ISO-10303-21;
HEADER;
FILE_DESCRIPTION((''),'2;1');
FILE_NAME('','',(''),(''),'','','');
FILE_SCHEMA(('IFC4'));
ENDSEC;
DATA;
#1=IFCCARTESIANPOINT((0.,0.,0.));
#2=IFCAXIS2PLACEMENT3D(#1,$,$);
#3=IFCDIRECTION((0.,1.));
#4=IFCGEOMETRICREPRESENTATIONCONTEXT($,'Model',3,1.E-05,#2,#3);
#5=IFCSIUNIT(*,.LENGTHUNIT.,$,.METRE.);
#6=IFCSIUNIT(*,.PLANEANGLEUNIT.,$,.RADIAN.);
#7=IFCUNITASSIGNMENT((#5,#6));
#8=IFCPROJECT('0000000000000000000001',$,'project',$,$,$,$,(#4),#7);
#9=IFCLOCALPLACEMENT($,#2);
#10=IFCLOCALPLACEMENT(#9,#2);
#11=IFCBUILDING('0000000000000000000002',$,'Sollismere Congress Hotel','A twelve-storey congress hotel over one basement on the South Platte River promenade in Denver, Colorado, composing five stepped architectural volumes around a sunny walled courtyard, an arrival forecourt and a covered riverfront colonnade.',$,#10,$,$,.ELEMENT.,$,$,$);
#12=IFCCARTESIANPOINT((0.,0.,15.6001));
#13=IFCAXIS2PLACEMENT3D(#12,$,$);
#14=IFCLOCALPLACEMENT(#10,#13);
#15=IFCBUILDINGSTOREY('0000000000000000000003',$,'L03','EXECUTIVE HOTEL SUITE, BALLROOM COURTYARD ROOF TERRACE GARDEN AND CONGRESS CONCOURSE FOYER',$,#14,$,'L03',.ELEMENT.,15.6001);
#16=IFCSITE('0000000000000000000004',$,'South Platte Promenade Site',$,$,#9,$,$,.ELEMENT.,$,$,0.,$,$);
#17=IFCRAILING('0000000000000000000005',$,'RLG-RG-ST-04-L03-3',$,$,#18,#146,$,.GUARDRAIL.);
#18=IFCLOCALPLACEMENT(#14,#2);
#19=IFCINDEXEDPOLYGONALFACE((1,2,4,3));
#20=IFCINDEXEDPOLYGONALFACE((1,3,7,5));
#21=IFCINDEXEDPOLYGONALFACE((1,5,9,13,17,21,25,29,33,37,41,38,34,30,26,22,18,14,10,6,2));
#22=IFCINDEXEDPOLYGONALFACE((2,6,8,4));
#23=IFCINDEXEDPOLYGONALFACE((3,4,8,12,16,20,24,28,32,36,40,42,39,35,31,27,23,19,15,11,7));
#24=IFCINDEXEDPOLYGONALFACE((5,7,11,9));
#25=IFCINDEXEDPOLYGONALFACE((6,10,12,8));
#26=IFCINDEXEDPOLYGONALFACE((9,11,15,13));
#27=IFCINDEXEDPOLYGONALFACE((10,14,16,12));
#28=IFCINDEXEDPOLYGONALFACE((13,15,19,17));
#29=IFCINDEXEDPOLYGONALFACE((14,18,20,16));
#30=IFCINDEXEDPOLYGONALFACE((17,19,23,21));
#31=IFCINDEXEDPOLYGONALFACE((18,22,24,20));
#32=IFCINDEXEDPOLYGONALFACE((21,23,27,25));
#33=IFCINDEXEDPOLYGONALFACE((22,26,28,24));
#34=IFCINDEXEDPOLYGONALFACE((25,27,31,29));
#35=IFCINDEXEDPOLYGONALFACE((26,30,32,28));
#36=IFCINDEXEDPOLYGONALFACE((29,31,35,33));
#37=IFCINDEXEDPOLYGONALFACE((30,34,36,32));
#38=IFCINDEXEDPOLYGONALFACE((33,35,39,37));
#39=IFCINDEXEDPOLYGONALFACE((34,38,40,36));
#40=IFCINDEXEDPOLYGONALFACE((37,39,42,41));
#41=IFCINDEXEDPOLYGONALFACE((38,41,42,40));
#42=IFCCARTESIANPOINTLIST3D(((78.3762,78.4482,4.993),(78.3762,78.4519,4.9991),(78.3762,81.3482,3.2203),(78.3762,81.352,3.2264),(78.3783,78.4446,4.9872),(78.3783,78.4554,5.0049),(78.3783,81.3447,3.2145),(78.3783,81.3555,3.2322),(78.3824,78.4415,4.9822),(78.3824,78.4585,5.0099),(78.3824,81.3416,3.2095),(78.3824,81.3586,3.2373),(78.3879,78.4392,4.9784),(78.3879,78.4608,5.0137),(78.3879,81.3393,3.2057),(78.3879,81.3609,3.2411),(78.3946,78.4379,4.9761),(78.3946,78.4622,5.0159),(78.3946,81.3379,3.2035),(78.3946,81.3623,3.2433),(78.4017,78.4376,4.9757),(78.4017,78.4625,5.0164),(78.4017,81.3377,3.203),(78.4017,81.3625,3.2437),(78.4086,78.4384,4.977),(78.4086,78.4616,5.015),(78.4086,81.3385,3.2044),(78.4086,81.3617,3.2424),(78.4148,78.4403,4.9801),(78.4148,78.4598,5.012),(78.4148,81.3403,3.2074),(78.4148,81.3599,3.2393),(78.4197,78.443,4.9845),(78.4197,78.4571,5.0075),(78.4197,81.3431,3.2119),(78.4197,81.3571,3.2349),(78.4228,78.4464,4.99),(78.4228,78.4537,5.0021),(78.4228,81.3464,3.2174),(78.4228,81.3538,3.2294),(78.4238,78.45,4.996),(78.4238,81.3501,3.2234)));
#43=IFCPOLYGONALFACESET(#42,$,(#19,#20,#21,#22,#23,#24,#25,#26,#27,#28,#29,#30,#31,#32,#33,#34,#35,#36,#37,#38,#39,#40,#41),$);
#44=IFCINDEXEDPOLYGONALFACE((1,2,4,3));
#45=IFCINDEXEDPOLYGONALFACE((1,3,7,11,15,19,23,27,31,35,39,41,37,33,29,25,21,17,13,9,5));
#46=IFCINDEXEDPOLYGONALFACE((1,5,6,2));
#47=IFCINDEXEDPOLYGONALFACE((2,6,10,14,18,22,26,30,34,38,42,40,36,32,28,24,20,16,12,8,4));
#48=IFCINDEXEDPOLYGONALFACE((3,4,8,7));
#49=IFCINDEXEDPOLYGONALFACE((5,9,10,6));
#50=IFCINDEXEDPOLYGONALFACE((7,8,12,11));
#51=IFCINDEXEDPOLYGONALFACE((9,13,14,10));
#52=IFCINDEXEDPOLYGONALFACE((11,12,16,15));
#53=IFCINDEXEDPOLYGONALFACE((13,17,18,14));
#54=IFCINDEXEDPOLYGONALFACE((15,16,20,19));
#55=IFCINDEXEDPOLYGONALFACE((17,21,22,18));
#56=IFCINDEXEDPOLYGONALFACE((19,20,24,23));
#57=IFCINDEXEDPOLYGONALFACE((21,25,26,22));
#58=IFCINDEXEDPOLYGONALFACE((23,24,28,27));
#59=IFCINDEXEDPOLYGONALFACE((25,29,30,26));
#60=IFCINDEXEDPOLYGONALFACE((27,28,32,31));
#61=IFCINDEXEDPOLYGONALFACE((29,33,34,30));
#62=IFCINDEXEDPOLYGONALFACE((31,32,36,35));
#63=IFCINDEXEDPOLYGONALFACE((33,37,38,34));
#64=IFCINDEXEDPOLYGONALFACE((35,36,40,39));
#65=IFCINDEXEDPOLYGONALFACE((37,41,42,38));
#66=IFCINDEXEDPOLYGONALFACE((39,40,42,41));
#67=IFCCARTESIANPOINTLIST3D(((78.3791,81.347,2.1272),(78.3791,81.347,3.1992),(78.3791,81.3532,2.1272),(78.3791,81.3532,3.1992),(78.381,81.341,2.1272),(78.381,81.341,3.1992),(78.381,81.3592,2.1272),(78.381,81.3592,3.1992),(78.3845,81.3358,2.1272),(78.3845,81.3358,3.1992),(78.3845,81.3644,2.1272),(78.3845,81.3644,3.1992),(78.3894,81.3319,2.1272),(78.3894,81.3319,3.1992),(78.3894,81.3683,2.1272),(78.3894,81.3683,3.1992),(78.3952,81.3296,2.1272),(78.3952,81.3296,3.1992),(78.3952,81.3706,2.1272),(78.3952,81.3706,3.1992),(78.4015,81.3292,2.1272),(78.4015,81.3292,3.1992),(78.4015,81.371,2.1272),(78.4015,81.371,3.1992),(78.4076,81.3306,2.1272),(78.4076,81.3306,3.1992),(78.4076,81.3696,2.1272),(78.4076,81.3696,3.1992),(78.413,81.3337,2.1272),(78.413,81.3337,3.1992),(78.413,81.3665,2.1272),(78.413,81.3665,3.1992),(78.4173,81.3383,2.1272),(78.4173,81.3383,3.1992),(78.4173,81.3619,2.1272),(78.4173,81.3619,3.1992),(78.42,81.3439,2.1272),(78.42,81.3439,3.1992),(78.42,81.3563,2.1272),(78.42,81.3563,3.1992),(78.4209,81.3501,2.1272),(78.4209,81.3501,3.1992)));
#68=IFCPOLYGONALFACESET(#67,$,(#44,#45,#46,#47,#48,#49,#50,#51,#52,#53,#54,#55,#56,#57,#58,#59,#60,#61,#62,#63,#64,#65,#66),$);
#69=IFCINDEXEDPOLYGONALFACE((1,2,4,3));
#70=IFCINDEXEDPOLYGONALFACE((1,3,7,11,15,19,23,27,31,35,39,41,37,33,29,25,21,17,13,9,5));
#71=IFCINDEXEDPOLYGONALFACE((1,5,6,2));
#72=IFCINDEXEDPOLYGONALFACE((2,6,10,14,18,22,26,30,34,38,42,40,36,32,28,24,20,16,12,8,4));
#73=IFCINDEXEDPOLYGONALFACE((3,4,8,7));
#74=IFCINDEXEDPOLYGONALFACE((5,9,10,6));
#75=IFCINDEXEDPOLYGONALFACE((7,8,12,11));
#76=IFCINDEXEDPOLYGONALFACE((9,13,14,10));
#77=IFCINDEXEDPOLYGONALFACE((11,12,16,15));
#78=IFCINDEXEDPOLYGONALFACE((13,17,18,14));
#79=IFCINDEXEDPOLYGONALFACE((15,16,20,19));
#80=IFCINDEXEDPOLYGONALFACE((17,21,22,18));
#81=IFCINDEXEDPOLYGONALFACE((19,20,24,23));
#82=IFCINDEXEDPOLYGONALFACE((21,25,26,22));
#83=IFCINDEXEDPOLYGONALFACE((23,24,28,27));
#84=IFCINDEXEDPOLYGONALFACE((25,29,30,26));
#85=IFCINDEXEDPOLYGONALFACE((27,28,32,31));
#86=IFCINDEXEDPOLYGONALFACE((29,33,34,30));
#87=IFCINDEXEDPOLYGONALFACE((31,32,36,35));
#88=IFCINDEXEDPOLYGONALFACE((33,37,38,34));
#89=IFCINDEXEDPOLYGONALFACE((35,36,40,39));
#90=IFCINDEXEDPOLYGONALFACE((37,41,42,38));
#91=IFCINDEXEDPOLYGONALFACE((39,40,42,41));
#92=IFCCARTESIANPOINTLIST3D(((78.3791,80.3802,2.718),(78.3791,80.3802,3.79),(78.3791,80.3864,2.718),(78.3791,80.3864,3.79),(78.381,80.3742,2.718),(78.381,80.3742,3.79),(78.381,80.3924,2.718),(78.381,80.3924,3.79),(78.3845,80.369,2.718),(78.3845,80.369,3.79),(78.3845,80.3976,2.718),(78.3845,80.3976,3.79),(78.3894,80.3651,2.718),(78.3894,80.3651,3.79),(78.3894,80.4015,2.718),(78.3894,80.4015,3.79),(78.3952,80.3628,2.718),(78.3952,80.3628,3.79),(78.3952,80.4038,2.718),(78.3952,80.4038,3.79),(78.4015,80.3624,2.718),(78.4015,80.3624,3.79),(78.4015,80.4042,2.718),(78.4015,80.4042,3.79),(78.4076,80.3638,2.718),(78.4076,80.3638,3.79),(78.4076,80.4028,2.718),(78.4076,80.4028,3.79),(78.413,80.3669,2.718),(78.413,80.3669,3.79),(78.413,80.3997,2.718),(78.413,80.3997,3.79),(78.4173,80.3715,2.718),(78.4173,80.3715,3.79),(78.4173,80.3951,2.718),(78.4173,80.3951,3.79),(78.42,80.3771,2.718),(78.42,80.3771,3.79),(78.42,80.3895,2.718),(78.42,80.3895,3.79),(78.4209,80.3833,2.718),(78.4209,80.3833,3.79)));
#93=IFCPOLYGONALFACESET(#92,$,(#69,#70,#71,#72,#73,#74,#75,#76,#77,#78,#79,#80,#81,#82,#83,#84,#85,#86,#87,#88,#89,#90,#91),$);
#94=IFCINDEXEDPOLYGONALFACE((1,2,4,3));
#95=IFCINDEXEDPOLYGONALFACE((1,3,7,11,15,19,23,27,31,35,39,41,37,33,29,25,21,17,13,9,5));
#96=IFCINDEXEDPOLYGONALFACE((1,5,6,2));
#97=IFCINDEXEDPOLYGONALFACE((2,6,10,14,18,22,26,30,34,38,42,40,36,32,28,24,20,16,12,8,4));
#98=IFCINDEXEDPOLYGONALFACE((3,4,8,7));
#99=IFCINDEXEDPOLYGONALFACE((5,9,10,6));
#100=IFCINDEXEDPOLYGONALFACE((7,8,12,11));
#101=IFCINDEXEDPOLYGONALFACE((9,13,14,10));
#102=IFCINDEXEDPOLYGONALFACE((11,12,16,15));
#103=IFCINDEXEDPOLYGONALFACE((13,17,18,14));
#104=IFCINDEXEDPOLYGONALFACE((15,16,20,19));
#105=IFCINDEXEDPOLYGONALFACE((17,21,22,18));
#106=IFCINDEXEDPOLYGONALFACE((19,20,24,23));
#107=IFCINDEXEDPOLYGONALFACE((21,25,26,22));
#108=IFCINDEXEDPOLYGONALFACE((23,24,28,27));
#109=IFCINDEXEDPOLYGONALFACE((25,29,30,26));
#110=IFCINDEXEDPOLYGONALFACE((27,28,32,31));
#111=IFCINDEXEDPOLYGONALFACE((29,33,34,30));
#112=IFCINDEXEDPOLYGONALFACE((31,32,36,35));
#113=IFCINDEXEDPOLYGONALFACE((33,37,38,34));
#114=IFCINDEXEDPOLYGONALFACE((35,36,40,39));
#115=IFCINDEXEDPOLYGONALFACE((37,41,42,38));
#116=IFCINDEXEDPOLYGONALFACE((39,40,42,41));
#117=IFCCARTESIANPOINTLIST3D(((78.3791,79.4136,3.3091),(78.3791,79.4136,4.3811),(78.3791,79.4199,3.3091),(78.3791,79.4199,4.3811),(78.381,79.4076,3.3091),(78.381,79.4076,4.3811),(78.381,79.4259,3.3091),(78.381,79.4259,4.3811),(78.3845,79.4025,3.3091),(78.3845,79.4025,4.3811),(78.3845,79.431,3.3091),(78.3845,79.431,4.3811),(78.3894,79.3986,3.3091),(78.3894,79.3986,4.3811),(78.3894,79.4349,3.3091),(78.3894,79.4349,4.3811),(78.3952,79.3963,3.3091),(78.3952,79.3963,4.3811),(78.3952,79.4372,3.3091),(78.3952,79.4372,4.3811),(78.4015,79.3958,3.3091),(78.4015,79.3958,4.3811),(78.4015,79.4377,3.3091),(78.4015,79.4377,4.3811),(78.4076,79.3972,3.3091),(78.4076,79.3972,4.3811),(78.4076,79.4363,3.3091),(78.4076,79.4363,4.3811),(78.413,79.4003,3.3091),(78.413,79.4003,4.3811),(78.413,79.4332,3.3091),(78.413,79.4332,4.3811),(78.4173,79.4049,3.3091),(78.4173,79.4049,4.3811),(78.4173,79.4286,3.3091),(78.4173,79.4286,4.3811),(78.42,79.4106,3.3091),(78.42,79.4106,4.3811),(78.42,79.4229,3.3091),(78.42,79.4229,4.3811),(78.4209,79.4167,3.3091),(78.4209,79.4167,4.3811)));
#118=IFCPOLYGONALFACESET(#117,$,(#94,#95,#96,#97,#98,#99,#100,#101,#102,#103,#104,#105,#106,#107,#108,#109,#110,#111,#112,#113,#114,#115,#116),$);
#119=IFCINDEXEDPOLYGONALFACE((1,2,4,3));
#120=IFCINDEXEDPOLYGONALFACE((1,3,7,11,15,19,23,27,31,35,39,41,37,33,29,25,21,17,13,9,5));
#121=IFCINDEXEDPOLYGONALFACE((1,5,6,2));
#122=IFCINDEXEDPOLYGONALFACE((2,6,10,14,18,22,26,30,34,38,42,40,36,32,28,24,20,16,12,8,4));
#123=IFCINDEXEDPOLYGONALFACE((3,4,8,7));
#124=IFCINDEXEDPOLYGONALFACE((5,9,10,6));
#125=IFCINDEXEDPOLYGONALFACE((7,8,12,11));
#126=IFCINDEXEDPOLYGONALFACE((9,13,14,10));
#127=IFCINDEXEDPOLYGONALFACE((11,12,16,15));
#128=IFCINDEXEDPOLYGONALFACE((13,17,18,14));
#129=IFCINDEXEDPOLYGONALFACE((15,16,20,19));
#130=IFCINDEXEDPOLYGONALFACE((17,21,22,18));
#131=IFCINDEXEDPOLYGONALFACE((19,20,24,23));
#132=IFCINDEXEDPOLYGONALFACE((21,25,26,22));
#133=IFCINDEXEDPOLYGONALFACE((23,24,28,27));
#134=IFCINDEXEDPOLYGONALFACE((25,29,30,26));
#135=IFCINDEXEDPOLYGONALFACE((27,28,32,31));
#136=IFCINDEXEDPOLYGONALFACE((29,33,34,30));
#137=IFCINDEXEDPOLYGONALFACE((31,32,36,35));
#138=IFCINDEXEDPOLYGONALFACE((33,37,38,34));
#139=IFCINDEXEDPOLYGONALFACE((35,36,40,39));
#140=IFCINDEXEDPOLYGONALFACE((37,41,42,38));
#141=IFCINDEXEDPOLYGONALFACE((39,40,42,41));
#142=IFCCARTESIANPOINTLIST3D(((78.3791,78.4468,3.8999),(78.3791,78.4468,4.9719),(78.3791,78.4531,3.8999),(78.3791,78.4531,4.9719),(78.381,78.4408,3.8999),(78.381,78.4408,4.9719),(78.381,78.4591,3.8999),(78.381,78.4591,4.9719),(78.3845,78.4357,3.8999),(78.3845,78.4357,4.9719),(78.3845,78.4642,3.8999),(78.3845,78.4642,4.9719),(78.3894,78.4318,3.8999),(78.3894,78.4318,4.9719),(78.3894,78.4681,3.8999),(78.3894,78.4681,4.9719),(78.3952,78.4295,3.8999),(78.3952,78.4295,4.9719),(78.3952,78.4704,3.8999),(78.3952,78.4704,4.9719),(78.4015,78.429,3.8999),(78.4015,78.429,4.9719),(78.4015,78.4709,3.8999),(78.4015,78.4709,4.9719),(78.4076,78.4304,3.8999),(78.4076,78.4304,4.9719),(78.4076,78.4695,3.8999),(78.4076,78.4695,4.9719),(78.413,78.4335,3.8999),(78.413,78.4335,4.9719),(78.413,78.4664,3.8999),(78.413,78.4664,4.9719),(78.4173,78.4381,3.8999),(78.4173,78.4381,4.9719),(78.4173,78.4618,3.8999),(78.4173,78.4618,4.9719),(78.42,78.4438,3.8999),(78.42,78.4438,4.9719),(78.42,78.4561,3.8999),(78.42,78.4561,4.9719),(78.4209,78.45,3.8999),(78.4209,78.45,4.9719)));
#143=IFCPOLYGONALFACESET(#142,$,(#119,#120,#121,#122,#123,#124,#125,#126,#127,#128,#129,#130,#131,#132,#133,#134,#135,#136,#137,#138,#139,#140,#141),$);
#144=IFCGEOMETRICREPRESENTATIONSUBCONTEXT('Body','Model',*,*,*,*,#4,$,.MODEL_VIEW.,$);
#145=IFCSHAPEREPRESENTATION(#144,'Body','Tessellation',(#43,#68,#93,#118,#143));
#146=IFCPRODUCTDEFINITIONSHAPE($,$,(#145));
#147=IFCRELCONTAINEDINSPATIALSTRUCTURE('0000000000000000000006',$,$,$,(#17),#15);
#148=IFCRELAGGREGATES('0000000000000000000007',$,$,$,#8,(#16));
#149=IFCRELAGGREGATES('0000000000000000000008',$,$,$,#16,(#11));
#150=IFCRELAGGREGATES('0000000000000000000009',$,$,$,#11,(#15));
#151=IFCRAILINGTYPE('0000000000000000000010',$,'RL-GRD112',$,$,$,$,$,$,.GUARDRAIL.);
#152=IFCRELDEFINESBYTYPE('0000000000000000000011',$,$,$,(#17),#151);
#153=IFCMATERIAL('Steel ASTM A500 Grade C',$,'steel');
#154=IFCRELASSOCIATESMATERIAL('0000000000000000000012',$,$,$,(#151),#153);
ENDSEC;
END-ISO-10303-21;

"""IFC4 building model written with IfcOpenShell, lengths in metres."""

from ifc_helpers import new_model, si_unit, direction, frame, origin, origin_2d, place, context, subcontext, project, spatial, circle, extrude, material, type_object, element, save


model = new_model("IFC4")

# Units and contexts
model_context = context("Model", 3, precision=1e-05, world=origin(), true_north=direction((0.0, 1.0)))
body_context = subcontext(model_context, "Body", "Model", "MODEL_VIEW")
ifc_project = project(units=[si_unit("LENGTHUNIT", "METRE"), si_unit("PLANEANGLEUNIT", "RADIAN")], contexts=[model_context])

# Site, building, storey
site_placement = place(None, origin())
site = spatial("IfcSite", under=ifc_project, at=site_placement, Name="South Platte Promenade Site", CompositionType="ELEMENT", RefElevation=0.0)
building_placement = place(site_placement, origin())
building = spatial("IfcBuilding", under=site, at=building_placement, Name="Sollismere Congress Hotel", Description="A twelve-storey congress hotel over one basement on the South Platte River promenade in Denver, Colorado, composing five stepped architectural volumes around a sunny walled courtyard, an arrival forecourt and a covered riverfront colonnade.", CompositionType="ELEMENT")
storey_placement = place(building_placement, frame((0.0, 0.0, 15.6001)))
storey = spatial("IfcBuildingStorey", under=building, at=storey_placement, Name="L03", Description="EXECUTIVE HOTEL SUITE, BALLROOM COURTYARD ROOF TERRACE GARDEN AND CONGRESS CONCOURSE FOYER", LongName="L03", CompositionType="ELEMENT", Elevation=15.6001)

# Railing
ifc_material_1 = material(Name="Steel ASTM A500 Grade C", Category="steel")
railing_type_1 = type_object("IfcRailingType", Name="RL-GRD112", PredefinedType="GUARDRAIL", material=ifc_material_1)
railing_1_placement = place(storey_placement, frame((78.3999, 81.3501, 2.1272)))
element("IfcRailing", 1, at=railing_1_placement, inside=storey, type_object=railing_type_1, Name="RLG-RG-ST-04-L03-3", PredefinedType="GUARDRAIL", context=body_context, shape_type="SweptSolid", body=[
    extrude(circle(Radius=0.0239, at=origin_2d()), frame((0.0, 0.0, 1.0962), z_axis=(0.0, -0.85323, 0.521534), x_axis=(1.0, 0.0, 0.0)), (0.0, 0.0, 1.0), 3.3989),
    extrude(circle(Radius=0.021, at=origin_2d()), origin(), (0.0, 0.0, 1.0), 1.072),
    extrude(circle(Radius=0.021, at=origin_2d()), frame((0.0, -0.9668, 0.5908)), (0.0, 0.0, 1.0), 1.072),
    extrude(circle(Radius=0.021, at=origin_2d()), frame((0.0, -1.9333, 1.1819)), (0.0, 0.0, 1.0), 1.072),
    extrude(circle(Radius=0.021, at=origin_2d()), frame((0.0, -2.9001, 1.7727)), (0.0, 0.0, 1.0), 1.072),
])

save(model, "model.ifc")
